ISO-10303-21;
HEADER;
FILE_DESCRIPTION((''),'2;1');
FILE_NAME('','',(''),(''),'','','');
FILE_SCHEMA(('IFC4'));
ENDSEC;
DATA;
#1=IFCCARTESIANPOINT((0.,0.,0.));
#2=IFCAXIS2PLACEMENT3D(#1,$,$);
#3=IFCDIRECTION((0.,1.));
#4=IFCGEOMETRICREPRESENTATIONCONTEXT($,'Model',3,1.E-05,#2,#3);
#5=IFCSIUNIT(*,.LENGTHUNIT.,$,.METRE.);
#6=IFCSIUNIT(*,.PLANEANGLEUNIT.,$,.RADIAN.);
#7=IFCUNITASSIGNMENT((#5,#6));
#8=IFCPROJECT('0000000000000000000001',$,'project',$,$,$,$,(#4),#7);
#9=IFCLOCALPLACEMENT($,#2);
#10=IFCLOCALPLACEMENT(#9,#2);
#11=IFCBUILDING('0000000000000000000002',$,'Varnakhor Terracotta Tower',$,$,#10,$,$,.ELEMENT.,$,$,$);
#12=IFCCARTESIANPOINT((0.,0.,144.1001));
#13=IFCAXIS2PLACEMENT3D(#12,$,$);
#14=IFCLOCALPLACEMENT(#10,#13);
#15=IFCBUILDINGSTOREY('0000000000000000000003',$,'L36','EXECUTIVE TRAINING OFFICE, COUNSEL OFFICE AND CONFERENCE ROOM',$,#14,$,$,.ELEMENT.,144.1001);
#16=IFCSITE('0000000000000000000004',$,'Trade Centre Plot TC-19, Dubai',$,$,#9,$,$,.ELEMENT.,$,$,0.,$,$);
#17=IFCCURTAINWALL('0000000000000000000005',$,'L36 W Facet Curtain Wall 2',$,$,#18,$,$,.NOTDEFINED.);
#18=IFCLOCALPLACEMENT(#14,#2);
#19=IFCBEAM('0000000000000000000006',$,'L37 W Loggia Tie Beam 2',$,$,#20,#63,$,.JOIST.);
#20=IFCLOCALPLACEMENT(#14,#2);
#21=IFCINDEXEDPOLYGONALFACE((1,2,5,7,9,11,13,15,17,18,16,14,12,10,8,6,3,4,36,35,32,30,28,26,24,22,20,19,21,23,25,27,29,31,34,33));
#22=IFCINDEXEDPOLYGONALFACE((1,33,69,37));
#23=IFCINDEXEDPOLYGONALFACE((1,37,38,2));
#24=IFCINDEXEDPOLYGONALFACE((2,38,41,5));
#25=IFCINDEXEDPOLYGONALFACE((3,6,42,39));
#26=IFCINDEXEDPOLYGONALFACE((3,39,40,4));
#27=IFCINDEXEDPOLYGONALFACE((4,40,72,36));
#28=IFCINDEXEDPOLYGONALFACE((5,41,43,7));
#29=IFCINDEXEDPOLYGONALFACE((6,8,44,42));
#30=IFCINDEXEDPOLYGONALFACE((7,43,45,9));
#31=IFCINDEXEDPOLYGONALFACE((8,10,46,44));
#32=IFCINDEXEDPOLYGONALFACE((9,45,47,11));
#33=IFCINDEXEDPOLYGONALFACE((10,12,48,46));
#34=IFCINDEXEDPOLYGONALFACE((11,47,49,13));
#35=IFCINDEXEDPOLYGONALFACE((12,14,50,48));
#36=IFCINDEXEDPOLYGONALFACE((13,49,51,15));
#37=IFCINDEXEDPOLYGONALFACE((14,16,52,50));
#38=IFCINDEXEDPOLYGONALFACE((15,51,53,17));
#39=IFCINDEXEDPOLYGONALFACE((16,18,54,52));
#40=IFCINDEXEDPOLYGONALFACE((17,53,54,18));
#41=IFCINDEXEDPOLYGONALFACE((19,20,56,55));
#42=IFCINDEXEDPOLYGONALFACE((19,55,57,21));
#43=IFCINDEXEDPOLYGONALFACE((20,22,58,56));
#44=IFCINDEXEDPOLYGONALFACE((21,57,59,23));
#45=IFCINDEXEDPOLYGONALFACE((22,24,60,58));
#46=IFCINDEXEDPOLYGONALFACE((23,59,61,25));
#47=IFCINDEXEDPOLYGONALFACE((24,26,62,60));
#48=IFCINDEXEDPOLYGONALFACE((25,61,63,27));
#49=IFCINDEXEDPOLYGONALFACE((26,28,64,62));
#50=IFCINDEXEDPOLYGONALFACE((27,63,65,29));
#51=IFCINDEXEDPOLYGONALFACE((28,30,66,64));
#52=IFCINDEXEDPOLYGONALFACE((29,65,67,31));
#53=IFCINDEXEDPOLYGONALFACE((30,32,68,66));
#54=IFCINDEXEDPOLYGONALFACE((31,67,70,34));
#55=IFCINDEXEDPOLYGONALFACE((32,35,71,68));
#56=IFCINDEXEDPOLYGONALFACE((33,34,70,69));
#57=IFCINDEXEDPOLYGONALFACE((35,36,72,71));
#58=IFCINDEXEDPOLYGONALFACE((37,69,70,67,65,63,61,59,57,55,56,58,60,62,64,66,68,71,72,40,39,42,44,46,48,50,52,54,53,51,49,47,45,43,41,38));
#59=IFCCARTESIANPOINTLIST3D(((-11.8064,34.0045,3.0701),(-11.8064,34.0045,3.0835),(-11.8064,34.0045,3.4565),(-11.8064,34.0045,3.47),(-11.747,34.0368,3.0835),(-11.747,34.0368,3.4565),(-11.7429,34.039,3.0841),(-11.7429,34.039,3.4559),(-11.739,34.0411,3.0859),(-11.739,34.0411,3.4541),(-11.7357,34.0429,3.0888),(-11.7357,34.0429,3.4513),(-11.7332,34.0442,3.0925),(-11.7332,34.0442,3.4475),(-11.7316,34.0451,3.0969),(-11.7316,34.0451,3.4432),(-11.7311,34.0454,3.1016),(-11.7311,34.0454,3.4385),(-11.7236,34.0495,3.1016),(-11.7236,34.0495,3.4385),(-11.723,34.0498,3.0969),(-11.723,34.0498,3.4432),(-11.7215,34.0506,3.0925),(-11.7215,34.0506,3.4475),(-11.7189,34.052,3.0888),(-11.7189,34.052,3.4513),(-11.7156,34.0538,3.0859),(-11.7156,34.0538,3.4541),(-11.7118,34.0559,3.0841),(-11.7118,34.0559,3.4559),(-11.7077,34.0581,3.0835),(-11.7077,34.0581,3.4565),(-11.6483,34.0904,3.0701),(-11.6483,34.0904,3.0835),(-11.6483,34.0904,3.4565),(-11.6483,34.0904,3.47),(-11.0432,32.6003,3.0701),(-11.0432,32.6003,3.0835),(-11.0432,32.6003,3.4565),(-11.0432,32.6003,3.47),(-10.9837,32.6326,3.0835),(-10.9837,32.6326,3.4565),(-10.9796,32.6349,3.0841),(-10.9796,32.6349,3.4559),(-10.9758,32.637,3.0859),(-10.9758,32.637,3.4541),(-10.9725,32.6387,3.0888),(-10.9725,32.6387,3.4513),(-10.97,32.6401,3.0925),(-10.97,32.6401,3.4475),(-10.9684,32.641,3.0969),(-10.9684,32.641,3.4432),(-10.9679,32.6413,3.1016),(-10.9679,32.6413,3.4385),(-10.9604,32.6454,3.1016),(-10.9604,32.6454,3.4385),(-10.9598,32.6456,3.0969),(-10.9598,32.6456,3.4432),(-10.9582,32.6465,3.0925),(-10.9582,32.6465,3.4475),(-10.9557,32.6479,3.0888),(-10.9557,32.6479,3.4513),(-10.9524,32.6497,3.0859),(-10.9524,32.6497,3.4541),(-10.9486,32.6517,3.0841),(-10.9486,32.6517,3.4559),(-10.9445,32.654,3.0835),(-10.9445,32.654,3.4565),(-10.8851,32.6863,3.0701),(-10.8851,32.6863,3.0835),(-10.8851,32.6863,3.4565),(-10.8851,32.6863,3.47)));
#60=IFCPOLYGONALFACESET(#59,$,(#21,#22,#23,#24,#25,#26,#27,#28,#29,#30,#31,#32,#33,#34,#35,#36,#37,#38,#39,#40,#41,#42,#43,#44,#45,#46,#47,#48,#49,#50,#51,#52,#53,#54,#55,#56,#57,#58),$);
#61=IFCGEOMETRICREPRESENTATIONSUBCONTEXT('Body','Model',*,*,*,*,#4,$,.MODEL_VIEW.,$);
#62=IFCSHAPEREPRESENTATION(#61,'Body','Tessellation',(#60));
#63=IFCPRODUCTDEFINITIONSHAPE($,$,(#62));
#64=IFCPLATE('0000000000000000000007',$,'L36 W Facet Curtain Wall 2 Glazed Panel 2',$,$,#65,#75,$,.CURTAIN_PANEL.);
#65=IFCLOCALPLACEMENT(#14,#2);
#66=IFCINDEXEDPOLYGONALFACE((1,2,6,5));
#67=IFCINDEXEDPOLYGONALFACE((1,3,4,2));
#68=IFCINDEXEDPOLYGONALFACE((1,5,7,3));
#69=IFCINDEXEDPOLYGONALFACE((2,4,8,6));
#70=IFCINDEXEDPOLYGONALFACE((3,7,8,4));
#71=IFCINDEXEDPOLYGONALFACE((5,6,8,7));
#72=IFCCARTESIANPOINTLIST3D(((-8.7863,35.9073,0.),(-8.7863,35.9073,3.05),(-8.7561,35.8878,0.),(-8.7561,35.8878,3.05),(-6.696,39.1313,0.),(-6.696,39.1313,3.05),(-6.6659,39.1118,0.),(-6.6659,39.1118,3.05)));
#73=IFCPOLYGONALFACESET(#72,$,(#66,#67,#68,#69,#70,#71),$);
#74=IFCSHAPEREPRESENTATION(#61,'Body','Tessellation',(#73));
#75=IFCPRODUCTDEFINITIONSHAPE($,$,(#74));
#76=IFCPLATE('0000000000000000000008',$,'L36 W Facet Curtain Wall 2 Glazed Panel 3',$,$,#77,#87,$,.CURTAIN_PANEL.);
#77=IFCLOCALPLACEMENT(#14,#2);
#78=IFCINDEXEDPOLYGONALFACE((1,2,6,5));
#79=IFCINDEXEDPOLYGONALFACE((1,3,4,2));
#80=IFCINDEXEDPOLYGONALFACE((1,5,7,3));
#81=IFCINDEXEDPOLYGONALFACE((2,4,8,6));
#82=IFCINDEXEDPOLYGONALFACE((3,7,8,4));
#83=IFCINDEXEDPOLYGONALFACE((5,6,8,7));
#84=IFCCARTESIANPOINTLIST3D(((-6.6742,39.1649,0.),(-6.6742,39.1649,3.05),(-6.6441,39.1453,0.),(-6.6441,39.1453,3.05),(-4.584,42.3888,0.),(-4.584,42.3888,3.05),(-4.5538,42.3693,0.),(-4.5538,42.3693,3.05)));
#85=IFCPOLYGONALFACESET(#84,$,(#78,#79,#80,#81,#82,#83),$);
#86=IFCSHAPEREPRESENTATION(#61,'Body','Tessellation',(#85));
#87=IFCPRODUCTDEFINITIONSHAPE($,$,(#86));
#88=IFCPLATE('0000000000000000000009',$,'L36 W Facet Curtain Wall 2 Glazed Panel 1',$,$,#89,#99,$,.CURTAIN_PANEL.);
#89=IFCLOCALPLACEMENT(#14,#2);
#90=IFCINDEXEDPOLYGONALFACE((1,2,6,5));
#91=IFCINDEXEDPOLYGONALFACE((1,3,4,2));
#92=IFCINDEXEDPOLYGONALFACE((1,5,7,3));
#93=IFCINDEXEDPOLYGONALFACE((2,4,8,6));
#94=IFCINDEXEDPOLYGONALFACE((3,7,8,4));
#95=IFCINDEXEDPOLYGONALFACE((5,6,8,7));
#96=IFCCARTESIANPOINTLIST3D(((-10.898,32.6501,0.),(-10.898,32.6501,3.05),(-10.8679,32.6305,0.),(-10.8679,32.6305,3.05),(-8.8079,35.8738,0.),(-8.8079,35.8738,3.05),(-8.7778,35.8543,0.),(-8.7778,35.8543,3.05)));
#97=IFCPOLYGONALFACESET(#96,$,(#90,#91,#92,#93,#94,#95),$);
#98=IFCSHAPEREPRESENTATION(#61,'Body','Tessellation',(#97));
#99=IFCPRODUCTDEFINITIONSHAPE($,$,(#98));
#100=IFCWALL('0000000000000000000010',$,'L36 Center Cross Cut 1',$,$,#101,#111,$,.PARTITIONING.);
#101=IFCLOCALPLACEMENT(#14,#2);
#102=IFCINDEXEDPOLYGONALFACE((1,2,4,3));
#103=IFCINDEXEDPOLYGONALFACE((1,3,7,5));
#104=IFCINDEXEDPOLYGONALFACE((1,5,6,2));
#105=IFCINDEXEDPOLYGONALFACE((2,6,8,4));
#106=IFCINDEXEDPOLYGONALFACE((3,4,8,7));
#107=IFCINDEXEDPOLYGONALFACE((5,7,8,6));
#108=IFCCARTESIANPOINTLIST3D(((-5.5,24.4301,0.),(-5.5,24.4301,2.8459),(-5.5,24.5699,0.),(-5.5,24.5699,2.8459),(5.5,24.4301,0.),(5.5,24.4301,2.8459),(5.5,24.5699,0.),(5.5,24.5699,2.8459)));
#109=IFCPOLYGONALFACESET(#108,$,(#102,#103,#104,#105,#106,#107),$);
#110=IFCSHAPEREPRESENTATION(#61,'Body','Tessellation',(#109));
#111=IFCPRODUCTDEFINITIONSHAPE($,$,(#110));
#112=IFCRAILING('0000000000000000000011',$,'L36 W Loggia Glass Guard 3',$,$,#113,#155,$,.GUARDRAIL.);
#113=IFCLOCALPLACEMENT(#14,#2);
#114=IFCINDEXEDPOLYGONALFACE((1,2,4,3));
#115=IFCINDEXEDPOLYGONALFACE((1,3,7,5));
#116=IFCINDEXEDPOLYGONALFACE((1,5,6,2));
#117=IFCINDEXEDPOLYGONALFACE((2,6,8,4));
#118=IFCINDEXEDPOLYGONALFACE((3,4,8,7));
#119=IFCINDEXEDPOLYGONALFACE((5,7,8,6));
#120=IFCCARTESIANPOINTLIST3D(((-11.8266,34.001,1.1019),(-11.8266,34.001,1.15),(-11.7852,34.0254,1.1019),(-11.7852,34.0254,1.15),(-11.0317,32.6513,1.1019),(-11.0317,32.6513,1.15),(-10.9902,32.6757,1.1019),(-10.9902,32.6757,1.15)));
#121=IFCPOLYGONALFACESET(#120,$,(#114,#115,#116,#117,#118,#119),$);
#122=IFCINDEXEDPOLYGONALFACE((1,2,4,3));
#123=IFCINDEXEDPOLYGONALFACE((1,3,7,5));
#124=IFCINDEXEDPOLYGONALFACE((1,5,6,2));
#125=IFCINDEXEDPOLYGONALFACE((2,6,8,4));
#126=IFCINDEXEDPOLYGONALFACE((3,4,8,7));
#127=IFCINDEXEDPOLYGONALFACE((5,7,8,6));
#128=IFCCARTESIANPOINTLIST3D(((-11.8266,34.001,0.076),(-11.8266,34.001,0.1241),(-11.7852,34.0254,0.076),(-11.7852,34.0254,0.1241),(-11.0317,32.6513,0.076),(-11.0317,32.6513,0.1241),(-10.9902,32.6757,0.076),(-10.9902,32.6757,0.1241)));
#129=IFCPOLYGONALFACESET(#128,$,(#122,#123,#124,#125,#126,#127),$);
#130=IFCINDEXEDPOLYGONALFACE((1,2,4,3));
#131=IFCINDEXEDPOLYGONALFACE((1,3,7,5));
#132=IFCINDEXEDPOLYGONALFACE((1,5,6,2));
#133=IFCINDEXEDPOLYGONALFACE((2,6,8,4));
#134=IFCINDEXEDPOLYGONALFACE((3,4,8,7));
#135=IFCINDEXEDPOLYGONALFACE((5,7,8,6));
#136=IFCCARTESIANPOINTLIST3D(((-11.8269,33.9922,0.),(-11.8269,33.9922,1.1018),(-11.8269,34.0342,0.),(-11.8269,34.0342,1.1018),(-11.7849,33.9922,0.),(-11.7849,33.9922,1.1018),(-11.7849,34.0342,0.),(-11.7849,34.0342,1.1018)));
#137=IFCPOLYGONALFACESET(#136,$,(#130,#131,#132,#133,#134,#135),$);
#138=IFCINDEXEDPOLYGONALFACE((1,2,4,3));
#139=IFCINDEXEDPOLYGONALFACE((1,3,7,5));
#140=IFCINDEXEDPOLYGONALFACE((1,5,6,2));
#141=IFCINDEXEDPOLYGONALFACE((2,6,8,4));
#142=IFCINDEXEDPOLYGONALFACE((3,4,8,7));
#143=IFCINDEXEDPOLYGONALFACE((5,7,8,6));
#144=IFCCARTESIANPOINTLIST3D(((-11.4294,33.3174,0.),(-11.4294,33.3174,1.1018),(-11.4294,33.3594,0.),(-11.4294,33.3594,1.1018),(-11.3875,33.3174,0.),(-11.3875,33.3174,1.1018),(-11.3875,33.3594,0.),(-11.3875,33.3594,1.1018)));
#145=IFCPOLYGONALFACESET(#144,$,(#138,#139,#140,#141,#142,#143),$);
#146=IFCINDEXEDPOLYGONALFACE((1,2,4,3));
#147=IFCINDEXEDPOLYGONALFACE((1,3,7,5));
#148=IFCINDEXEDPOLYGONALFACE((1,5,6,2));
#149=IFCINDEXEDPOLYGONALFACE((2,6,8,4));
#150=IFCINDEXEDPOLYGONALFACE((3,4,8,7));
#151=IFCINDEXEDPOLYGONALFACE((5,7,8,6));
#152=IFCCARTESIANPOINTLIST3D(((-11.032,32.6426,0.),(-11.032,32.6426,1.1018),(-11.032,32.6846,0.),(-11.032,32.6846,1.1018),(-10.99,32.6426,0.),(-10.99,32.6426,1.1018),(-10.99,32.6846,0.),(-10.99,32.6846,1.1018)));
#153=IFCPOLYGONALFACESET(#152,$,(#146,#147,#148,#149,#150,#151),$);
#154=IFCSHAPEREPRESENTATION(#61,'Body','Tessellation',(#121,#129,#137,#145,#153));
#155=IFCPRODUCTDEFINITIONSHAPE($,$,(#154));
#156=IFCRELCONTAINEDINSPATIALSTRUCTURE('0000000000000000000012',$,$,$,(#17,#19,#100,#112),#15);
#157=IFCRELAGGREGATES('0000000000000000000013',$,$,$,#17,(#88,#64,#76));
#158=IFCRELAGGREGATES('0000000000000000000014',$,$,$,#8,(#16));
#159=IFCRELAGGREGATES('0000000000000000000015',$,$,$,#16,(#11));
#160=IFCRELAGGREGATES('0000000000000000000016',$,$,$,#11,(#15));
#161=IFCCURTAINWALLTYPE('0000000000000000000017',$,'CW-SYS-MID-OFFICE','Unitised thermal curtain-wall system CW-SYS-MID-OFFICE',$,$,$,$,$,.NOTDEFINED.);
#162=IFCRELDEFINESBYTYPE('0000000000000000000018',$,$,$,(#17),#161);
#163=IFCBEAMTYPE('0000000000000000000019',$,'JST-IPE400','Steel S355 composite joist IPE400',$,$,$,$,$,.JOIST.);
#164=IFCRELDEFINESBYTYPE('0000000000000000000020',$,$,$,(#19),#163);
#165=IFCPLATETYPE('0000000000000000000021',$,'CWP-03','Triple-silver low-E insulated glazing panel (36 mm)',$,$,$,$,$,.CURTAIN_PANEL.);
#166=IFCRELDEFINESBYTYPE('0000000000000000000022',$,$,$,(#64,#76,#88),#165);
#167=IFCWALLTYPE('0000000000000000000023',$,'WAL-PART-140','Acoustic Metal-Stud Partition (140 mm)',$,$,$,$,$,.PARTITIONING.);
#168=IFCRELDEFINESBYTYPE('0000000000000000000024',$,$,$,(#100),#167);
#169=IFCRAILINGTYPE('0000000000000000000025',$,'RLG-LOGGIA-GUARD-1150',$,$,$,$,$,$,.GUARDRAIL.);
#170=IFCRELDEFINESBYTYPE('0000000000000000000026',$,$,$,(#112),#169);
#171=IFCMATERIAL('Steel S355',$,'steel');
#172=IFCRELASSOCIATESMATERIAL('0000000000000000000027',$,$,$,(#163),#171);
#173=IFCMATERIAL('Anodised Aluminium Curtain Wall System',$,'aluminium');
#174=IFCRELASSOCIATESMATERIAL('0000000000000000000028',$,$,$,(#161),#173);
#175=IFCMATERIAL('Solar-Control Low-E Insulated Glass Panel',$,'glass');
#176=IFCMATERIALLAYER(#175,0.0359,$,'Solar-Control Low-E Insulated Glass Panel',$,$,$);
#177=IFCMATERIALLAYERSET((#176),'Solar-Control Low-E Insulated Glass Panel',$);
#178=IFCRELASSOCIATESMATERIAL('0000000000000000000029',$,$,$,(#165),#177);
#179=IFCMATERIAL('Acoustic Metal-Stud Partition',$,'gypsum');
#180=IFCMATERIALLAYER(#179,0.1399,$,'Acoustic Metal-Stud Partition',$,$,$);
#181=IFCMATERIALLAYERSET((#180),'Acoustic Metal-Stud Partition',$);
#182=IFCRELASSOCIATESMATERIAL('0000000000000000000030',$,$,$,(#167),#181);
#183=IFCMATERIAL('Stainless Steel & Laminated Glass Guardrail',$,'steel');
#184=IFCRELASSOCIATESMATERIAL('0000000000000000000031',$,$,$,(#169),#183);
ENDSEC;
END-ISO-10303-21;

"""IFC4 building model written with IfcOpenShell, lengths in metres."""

from ifc_helpers import new_model, si_unit, direction, frame, frame_2d, origin, origin_2d, place, context, subcontext, project, spatial, rectangle, i_section, extrude, source, transform, mapped, material, layer, layer_set, material_profile, profile_set, type_object, element, aggregate, save


model = new_model("IFC4")

# Units and contexts
model_context = context("Model", 3, precision=1e-05, world=origin(), true_north=direction((0.0, 1.0)))
body_context = subcontext(model_context, "Body", "Model", "MODEL_VIEW")
ifc_project = project(units=[si_unit("LENGTHUNIT", "METRE"), si_unit("PLANEANGLEUNIT", "RADIAN")], contexts=[model_context])

# Site, building, storey
site_placement = place(None, origin())
site = spatial("IfcSite", under=ifc_project, at=site_placement, Name="Trade Centre Plot TC-19, Dubai", CompositionType="ELEMENT", RefElevation=0.0)
building_placement = place(site_placement, origin())
building = spatial("IfcBuilding", under=site, at=building_placement, Name="Varnakhor Terracotta Tower", CompositionType="ELEMENT")
storey_placement = place(building_placement, frame((0.0, 0.0, 144.1001)))
storey = spatial("IfcBuildingStorey", under=building, at=storey_placement, Name="L36", Description="EXECUTIVE TRAINING OFFICE, COUNSEL OFFICE AND CONFERENCE ROOM", CompositionType="ELEMENT", Elevation=144.1001)

# Shared definitions
ifc_material_1 = material(Name="Steel S355", Category="steel")
ifc_material_profile_1 = material_profile(ifc_material_1, i_section(OverallWidth=0.1799, OverallDepth=0.3999, WebThickness=0.0085, FlangeThickness=0.0134, FilletRadius=0.0181, at=origin_2d()), Name="IPE400")
ifc_profile_set_1 = profile_set([ifc_material_profile_1], Name="Steel S355")
beam_type_1 = type_object("IfcBeamType", Name="JST-IPE400", Description="Steel S355 composite joist IPE400", PredefinedType="JOIST", material=ifc_profile_set_1)

# Curtain wall
ifc_material_2 = material(Name="Anodised Aluminium Curtain Wall System", Category="aluminium")
curtain_wall_type = type_object("IfcCurtainWallType", Name="CW-SYS-MID-OFFICE", Description="Unitised thermal curtain-wall system CW-SYS-MID-OFFICE", PredefinedType="NOTDEFINED", material=ifc_material_2)
curtain_wall_1_placement = place(storey_placement, origin())
curtain_wall_1 = element("IfcCurtainWall", 1, at=curtain_wall_1_placement, inside=storey, type_object=curtain_wall_type, Name="L36 W Facet Curtain Wall 2", PredefinedType="NOTDEFINED")

# Beam
shared_shape_1 = source(origin(), body_context, "Body", "SweptSolid", [
    extrude(i_section(OverallWidth=0.1799, OverallDepth=0.3999, WebThickness=0.0085, FlangeThickness=0.0134, FilletRadius=0.0181, at=origin_2d()), origin(), (0.0, 0.0, 1.0), 1.5981),
])
beam_1_placement = place(storey_placement, frame((-10.9641, 32.6433, 3.27), z_axis=(-0.477567, 0.878595, 0.0), x_axis=(-0.878595, -0.477567, 0.0)))
element("IfcBeam", 2, at=beam_1_placement, inside=storey, type_object=beam_type_1, Name="L37 W Loggia Tie Beam 2", PredefinedType="JOIST", context=body_context, shape_type="MappedRepresentation", body=[
    mapped(shared_shape_1, transform((0.0, 0.0, 0.0), scale=1.0)),
])

# Plates
ifc_material_3 = material(Name="Solar-Control Low-E Insulated Glass Panel", Category="glass")
ifc_layer_1 = layer(ifc_material_3, 0.0359, Name="Solar-Control Low-E Insulated Glass Panel")
ifc_layer_set_1 = layer_set([ifc_layer_1], Name="Solar-Control Low-E Insulated Glass Panel")
plate_type = type_object("IfcPlateType", Name="CWP-03", Description="Triple-silver low-E insulated glazing panel (36 mm)", PredefinedType="CURTAIN_PANEL", material=ifc_layer_set_1)
shared_shape_2 = source(origin(), body_context, "Body", "SweptSolid", [
    extrude(rectangle(XDim=3.8423, YDim=0.0359, at=origin_2d()), origin(), (0.0, 0.0, 1.0), 3.05),
])
plate_1_placement = place(storey_placement, frame((-7.7261, 37.5095, 0.0), z_axis=(0.0, 0.0, 1.0), x_axis=(0.544009, 0.839079, 0.0)))
plate_1 = element("IfcPlate", 3, at=plate_1_placement, type_object=plate_type, Name="L36 W Facet Curtain Wall 2 Glazed Panel 2", PredefinedType="CURTAIN_PANEL", context=body_context, shape_type="MappedRepresentation", body=[
    mapped(shared_shape_2, transform((0.0, 0.0, 0.0), scale=1.0)),
])
plate_2_placement = place(storey_placement, frame((-5.614, 40.7671, 0.0), z_axis=(0.0, 0.0, 1.0), x_axis=(0.544009, 0.839079, 0.0)))
plate_2 = element("IfcPlate", 4, at=plate_2_placement, type_object=plate_type, Name="L36 W Facet Curtain Wall 2 Glazed Panel 3", PredefinedType="CURTAIN_PANEL", context=body_context, shape_type="MappedRepresentation", body=[
    mapped(shared_shape_2, transform((0.0, 0.0, 0.0), scale=1.0)),
])
shared_shape_3 = source(origin(), body_context, "Body", "SweptSolid", [
    extrude(rectangle(XDim=3.842, YDim=0.0359, at=origin_2d()), origin(), (0.0, 0.0, 1.0), 3.05),
])
plate_3_placement = place(storey_placement, frame((-9.8379, 34.2522, 0.0), z_axis=(0.0, 0.0, 1.0), x_axis=(0.544009, 0.839079, 0.0)))
plate_3 = element("IfcPlate", 5, at=plate_3_placement, type_object=plate_type, Name="L36 W Facet Curtain Wall 2 Glazed Panel 1", PredefinedType="CURTAIN_PANEL", context=body_context, shape_type="MappedRepresentation", body=[
    mapped(shared_shape_3, transform((0.0, 0.0, 0.0), scale=1.0)),
])
aggregate(curtain_wall_1, [plate_3, plate_1, plate_2])

# Wall
ifc_material_4 = material(Name="Acoustic Metal-Stud Partition", Category="gypsum")
ifc_layer_2 = layer(ifc_material_4, 0.1399, Name="Acoustic Metal-Stud Partition")
ifc_layer_set_2 = layer_set([ifc_layer_2], Name="Acoustic Metal-Stud Partition")
wall_type = type_object("IfcWallType", Name="WAL-PART-140", Description="Acoustic Metal-Stud Partition (140 mm)", PredefinedType="PARTITIONING", material=ifc_layer_set_2)
wall_placement = place(storey_placement, frame((-5.5, 24.5, 0.0), z_axis=(0.0, 0.0, 1.0), x_axis=(1.0, 0.0, 0.0)))
element("IfcWall", 6, at=wall_placement, inside=storey, type_object=wall_type, Name="L36 Center Cross Cut 1", PredefinedType="PARTITIONING", context=body_context, shape_type="SweptSolid", body=[
    extrude(rectangle(XDim=11.0, YDim=0.1399, at=frame_2d((5.5, 0.0))), origin(), (0.0, 0.0, 1.0), 2.8459),
])

# Railing
ifc_material_5 = material(Name="Stainless Steel & Laminated Glass Guardrail", Category="steel")
railing_type = type_object("IfcRailingType", Name="RLG-LOGGIA-GUARD-1150", PredefinedType="GUARDRAIL", material=ifc_material_5)
railing_placement = place(storey_placement, frame((-11.8059, 34.0132, 0.0)))
element("IfcRailing", 7, at=railing_placement, inside=storey, type_object=railing_type, Name="L36 W Loggia Glass Guard 3", PredefinedType="GUARDRAIL", context=body_context, shape_type="SweptSolid", body=[
    extrude(rectangle(XDim=0.0481, YDim=0.0481, at=origin_2d()), frame((0.0, 0.0, 1.126), z_axis=(0.50751, -0.861646, 0.0), x_axis=(0.861646, 0.50751, 0.0)), (0.0, 0.0, 1.0), 1.5664),
    extrude(rectangle(XDim=0.0481, YDim=0.0481, at=origin_2d()), frame((0.0, 0.0, 0.1001), z_axis=(0.50751, -0.861646, 0.0), x_axis=(0.861646, 0.50751, 0.0)), (0.0, 0.0, 1.0), 1.5664),
    extrude(rectangle(XDim=0.042, YDim=0.042, at=origin_2d()), origin(), (0.0, 0.0, 1.0), 1.1018),
    extrude(rectangle(XDim=0.042, YDim=0.042, at=origin_2d()), frame((0.3975, -0.6748, 0.0)), (0.0, 0.0, 1.0), 1.1018),
    extrude(rectangle(XDim=0.042, YDim=0.042, at=origin_2d()), frame((0.7949, -1.3496, 0.0)), (0.0, 0.0, 1.0), 1.1018),
])

save(model, "model.ifc")
